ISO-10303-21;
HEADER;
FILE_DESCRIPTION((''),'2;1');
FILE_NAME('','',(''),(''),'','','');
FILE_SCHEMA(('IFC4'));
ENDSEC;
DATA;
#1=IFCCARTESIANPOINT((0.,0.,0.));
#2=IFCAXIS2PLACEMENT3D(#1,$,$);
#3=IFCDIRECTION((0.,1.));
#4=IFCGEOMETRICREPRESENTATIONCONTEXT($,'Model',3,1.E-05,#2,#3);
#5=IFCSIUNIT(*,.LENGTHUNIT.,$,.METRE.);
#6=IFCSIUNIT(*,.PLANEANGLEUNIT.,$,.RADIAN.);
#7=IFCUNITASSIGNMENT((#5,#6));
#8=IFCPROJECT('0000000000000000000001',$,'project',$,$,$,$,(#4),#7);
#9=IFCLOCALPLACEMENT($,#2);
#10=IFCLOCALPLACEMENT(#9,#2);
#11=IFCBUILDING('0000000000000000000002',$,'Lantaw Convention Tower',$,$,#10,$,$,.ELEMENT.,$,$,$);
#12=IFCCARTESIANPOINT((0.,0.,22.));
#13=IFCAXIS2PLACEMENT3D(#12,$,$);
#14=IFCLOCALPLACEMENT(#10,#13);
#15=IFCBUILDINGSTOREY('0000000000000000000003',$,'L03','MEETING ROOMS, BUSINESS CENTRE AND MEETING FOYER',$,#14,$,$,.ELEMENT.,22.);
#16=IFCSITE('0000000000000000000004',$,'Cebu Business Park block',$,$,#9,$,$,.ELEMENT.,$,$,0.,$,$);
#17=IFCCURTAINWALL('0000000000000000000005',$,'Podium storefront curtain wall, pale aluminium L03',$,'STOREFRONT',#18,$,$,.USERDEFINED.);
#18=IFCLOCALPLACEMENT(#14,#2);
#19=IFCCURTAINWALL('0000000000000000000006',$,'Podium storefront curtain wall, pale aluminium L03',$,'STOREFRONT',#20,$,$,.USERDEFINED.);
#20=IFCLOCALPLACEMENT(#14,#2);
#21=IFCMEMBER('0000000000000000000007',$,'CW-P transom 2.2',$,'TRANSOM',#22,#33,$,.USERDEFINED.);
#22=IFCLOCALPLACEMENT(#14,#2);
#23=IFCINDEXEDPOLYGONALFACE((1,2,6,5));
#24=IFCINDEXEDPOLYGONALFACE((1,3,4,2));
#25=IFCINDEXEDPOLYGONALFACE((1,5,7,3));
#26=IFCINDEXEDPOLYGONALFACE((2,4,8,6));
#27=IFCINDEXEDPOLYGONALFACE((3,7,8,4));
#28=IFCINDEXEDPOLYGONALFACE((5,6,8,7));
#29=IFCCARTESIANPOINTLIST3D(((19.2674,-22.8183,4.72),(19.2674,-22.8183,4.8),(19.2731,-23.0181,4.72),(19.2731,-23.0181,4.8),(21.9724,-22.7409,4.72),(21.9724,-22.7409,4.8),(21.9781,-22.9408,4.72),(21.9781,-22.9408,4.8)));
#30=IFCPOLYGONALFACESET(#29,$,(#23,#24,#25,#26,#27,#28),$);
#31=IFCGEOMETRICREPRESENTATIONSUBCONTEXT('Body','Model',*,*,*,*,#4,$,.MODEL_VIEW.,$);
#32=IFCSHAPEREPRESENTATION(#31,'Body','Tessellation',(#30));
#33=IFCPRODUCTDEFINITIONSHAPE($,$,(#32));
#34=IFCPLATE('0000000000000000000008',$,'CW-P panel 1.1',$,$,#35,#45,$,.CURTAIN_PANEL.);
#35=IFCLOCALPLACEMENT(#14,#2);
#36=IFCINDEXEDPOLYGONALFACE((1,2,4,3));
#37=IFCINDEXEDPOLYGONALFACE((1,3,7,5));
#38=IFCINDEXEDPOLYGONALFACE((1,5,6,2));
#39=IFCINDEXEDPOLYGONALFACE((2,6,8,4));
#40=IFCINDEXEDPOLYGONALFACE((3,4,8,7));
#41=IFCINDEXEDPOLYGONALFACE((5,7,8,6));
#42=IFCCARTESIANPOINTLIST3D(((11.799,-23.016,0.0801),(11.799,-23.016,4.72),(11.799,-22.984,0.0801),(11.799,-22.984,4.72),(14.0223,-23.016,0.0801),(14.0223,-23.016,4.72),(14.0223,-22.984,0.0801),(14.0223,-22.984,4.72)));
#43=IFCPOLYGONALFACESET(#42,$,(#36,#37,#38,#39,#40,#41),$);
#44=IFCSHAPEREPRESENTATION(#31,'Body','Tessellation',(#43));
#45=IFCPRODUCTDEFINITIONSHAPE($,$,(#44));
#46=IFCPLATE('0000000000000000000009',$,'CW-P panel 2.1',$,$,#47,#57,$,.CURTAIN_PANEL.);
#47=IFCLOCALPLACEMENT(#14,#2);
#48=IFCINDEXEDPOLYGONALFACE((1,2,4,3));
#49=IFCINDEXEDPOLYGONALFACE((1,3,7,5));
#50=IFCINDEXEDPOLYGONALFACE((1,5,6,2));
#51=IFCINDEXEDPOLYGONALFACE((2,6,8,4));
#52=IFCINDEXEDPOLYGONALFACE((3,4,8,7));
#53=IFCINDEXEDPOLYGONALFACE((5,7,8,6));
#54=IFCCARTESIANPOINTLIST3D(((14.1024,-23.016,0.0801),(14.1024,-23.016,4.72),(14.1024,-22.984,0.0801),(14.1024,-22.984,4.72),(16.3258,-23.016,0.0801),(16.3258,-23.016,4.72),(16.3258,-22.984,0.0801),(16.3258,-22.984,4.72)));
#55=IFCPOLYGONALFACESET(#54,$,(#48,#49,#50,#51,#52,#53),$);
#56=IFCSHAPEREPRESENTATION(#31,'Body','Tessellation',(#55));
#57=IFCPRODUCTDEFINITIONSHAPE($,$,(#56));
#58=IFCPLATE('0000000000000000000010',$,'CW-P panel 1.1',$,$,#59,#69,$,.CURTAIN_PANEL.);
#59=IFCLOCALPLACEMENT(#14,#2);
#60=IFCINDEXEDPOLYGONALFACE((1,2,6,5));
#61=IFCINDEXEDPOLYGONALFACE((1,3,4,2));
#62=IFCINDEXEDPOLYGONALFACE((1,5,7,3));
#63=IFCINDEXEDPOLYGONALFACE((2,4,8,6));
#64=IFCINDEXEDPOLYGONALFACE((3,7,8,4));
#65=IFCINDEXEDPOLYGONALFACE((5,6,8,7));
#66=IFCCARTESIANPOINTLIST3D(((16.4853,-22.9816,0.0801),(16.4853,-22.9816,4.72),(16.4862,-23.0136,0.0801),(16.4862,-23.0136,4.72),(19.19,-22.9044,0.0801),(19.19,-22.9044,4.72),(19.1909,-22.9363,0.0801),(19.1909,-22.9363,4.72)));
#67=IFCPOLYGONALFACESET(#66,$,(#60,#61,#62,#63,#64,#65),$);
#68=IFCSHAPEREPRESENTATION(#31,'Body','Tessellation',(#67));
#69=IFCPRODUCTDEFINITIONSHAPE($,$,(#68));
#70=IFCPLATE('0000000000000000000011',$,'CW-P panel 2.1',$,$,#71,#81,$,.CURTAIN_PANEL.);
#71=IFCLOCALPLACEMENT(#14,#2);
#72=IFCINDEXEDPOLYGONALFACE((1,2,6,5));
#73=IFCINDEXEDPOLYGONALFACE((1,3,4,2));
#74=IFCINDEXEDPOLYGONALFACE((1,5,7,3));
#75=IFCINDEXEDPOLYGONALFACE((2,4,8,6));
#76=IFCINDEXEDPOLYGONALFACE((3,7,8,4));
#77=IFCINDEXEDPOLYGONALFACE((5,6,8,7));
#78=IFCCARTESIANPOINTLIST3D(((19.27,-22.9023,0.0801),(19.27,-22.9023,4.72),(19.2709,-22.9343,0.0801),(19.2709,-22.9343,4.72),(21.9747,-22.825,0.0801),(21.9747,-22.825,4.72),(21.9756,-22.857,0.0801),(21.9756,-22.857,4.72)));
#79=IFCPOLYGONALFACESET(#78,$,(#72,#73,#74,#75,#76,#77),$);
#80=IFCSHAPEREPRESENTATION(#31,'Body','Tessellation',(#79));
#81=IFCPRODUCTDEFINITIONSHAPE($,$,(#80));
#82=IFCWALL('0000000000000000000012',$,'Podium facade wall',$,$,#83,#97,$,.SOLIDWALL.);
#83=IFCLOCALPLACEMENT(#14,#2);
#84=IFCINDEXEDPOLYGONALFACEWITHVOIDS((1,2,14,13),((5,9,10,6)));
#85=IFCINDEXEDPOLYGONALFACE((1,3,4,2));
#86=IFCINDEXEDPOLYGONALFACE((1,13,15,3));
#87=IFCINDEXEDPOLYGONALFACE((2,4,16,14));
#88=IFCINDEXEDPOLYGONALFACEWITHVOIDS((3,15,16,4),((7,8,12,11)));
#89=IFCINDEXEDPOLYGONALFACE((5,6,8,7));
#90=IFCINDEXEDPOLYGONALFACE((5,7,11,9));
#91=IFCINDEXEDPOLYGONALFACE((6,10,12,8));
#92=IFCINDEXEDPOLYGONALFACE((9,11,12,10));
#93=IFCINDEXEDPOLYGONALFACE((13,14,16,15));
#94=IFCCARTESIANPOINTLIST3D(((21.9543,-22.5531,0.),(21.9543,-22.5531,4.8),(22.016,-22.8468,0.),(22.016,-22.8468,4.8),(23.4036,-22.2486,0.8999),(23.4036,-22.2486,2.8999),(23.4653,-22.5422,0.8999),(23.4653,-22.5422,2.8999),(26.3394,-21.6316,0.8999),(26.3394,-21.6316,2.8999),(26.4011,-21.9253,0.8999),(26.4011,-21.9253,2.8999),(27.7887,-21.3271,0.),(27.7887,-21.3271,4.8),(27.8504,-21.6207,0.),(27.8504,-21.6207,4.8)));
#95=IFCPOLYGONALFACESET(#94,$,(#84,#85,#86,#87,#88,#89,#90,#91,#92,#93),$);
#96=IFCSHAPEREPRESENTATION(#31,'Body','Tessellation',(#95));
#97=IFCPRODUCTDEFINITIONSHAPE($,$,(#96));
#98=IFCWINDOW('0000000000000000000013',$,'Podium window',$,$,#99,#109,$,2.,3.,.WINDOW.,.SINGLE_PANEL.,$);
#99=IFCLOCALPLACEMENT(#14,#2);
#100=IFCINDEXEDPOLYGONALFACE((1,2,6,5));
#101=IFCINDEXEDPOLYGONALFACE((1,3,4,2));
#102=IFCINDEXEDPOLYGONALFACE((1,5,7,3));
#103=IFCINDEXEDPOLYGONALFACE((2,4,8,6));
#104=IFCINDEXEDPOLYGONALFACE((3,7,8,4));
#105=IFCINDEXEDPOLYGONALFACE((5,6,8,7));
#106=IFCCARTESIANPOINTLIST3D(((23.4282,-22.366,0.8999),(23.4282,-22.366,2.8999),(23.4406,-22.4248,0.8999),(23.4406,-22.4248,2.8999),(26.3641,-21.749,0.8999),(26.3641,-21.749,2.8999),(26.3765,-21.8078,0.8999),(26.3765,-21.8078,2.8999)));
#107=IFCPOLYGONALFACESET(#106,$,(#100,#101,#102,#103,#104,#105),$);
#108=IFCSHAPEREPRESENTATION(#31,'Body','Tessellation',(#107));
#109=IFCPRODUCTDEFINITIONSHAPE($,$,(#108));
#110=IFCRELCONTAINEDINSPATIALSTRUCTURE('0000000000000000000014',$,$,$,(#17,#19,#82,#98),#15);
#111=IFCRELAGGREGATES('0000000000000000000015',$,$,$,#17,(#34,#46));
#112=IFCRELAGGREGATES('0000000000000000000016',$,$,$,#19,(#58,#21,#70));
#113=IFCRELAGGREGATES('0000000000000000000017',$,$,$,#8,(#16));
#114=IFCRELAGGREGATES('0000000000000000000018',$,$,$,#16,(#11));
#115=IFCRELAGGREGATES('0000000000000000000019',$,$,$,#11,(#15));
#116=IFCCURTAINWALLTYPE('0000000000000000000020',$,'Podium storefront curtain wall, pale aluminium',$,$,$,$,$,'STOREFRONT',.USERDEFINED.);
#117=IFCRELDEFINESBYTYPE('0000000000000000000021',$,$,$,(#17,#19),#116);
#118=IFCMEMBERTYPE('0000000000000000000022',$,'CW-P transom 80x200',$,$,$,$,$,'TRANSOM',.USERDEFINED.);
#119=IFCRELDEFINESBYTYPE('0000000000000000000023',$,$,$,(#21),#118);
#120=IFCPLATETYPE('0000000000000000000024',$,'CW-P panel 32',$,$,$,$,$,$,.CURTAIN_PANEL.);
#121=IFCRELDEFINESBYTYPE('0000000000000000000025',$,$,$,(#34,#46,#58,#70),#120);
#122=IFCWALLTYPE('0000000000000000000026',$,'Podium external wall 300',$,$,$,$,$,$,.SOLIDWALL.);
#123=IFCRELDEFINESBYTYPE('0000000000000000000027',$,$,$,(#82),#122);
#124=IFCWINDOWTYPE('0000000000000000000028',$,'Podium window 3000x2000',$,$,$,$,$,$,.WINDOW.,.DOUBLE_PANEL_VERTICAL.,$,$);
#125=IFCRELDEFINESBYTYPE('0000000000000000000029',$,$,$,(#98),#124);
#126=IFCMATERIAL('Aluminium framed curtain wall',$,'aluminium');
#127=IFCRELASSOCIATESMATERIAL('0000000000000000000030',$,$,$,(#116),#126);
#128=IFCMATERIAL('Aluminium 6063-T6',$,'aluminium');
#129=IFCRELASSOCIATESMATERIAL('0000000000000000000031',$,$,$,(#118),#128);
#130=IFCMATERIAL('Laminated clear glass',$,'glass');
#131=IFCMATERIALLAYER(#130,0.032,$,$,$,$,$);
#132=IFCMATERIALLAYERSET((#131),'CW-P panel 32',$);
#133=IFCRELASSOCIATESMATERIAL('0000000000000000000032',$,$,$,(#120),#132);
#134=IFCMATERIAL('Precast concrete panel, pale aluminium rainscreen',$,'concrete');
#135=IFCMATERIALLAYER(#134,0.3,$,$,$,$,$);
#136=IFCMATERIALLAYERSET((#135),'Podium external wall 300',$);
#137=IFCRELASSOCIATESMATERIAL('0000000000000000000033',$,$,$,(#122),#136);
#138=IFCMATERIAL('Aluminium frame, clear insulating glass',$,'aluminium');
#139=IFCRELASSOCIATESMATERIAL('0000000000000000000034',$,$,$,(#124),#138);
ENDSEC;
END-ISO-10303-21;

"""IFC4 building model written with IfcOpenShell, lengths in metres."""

from ifc_helpers import new_model, si_unit, direction, frame, frame_2d, origin, origin_2d, place, context, subcontext, project, spatial, rectangle, extrude, material, layer, layer_set, material_profile, profile_set, type_object, element, fill, aggregate, save


model = new_model("IFC4")

# Units and contexts
model_context = context("Model", 3, precision=1e-05, world=origin(), true_north=direction((0.0, 1.0)))
body_context = subcontext(model_context, "Body", "Model", "MODEL_VIEW")
ifc_project = project(units=[si_unit("LENGTHUNIT", "METRE"), si_unit("PLANEANGLEUNIT", "RADIAN")], contexts=[model_context])

# Site, building, storey
site_placement = place(None, origin())
site = spatial("IfcSite", under=ifc_project, at=site_placement, Name="Cebu Business Park block", CompositionType="ELEMENT", RefElevation=0.0)
building_placement = place(site_placement, origin())
building = spatial("IfcBuilding", under=site, at=building_placement, Name="Lantaw Convention Tower", CompositionType="ELEMENT")
storey_placement = place(building_placement, frame((0.0, 0.0, 22.0)))
storey = spatial("IfcBuildingStorey", under=building, at=storey_placement, Name="L03", Description="MEETING ROOMS, BUSINESS CENTRE AND MEETING FOYER", CompositionType="ELEMENT", Elevation=22.0)

# Curtain walls
ifc_material_1 = material(Name="Aluminium framed curtain wall", Category="aluminium")
curtain_wall_type = type_object("IfcCurtainWallType", Name="Podium storefront curtain wall, pale aluminium", ElementType="STOREFRONT", PredefinedType="USERDEFINED", material=ifc_material_1)
curtain_wall_1_placement = place(storey_placement, origin())
curtain_wall_1 = element("IfcCurtainWall", 1, at=curtain_wall_1_placement, inside=storey, type_object=curtain_wall_type, Name="Podium storefront curtain wall, pale aluminium L03", ObjectType="STOREFRONT", PredefinedType="USERDEFINED")
ifc_material_2 = material(Name="Aluminium 6063-T6", Category="aluminium")
curtain_wall_2_placement = place(storey_placement, origin())
curtain_wall_2 = element("IfcCurtainWall", 2, at=curtain_wall_2_placement, inside=storey, type_object=curtain_wall_type, Name="Podium storefront curtain wall, pale aluminium L03", ObjectType="STOREFRONT", PredefinedType="USERDEFINED")

# Member
ifc_material_profile_1 = material_profile(ifc_material_2, rectangle(XDim=0.2, YDim=0.0801, at=origin_2d()), Name="CW-P transom 80x200")
ifc_profile_set_1 = profile_set([ifc_material_profile_1], Name="Aluminium 6063-T6")
member_type_1 = type_object("IfcMemberType", Name="CW-P transom 80x200", ElementType="TRANSOM", PredefinedType="USERDEFINED", material=ifc_profile_set_1)
member_1_placement = place(storey_placement, frame((19.2703, -22.9182, 4.76), z_axis=(0.999591, 0.028601, 0.0), x_axis=(-0.028601, 0.999591, 0.0)))
member_1 = element("IfcMember", 3, at=member_1_placement, type_object=member_type_1, Name="CW-P transom 2.2", ObjectType="TRANSOM", PredefinedType="USERDEFINED", context=body_context, shape_type="SweptSolid", body=[
    extrude(rectangle(XDim=0.2, YDim=0.0801, at=origin_2d()), origin(), (0.0, 0.0, 1.0), 2.7061),
])

# Plates
ifc_material_3 = material(Name="Laminated clear glass", Category="glass")
ifc_layer_1 = layer(ifc_material_3, 0.032)
ifc_layer_set_1 = layer_set([ifc_layer_1], Name="CW-P panel 32")
plate_type = type_object("IfcPlateType", Name="CW-P panel 32", PredefinedType="CURTAIN_PANEL", material=ifc_layer_set_1)
plate_1_placement = place(storey_placement, frame((12.9106, -23.0, 0.0801), z_axis=(0.0, 0.0, 1.0), x_axis=(1.0, 0.0, 0.0)))
plate_1 = element("IfcPlate", 4, at=plate_1_placement, type_object=plate_type, Name="CW-P panel 1.1", PredefinedType="CURTAIN_PANEL", context=body_context, shape_type="SweptSolid", body=[
    extrude(rectangle(XDim=2.2234, YDim=0.032, at=origin_2d()), origin(), (0.0, 0.0, 1.0), 4.6399),
])
plate_2_placement = place(storey_placement, frame((15.2141, -23.0, 0.0801), z_axis=(0.0, 0.0, 1.0), x_axis=(1.0, 0.0, 0.0)))
plate_2 = element("IfcPlate", 5, at=plate_2_placement, type_object=plate_type, Name="CW-P panel 2.1", PredefinedType="CURTAIN_PANEL", context=body_context, shape_type="SweptSolid", body=[
    extrude(rectangle(XDim=2.2234, YDim=0.032, at=origin_2d()), origin(), (0.0, 0.0, 1.0), 4.6399),
])
aggregate(curtain_wall_1, [plate_1, plate_2])
plate_3_placement = place(storey_placement, frame((17.8381, -22.959, 0.0801), z_axis=(0.0, 0.0, 1.0), x_axis=(0.999592, 0.028552, 0.0)))
plate_3 = element("IfcPlate", 6, at=plate_3_placement, type_object=plate_type, Name="CW-P panel 1.1", PredefinedType="CURTAIN_PANEL", context=body_context, shape_type="SweptSolid", body=[
    extrude(rectangle(XDim=2.7058, YDim=0.032, at=origin_2d()), origin(), (0.0, 0.0, 1.0), 4.6399),
])
plate_4_placement = place(storey_placement, frame((20.6228, -22.8796, 0.0801), z_axis=(0.0, 0.0, 1.0), x_axis=(0.999592, 0.028552, 0.0)))
plate_4 = element("IfcPlate", 7, at=plate_4_placement, type_object=plate_type, Name="CW-P panel 2.1", PredefinedType="CURTAIN_PANEL", context=body_context, shape_type="SweptSolid", body=[
    extrude(rectangle(XDim=2.7058, YDim=0.032, at=origin_2d()), origin(), (0.0, 0.0, 1.0), 4.6399),
])
aggregate(curtain_wall_2, [plate_3, member_1, plate_4])

# Wall, opening, window
ifc_material_4 = material(Name="Precast concrete panel, pale aluminium rainscreen", Category="concrete")
ifc_layer_2 = layer(ifc_material_4, 0.3)
ifc_layer_set_2 = layer_set([ifc_layer_2], Name="Podium external wall 300")
wall_type = type_object("IfcWallType", Name="Podium external wall 300", PredefinedType="SOLIDWALL", material=ifc_layer_set_2)
wall_placement = place(storey_placement, frame((21.9851, -22.7, 0.0), z_axis=(0.0, 0.0, 1.0), x_axis=(0.978625, 0.205651, 0.0)))
wall = element("IfcWall", 8, at=wall_placement, inside=storey, type_object=wall_type, Name="Podium facade wall", PredefinedType="SOLIDWALL", context=body_context, shape_type="SweptSolid", body=[
    extrude(rectangle(XDim=5.9619, YDim=0.3, at=frame_2d((2.981, 0.0))), origin(), (0.0, 0.0, 1.0), 4.8),
])
opening_placement = place(wall_placement, frame((1.481, 0.0, 0.8999)))
opening = element("IfcOpeningElement", 9, at=opening_placement, cuts=wall, PredefinedType="OPENING", context=body_context, shape_type="SweptSolid", body=[
    extrude(rectangle(XDim=3.0, YDim=2.0, at=frame_2d((1.5, 1.0))), frame((0.0, 0.1599, 0.0), z_axis=(0.0, -1.0, 0.0), x_axis=(1.0, 0.0, 0.0)), (0.0, 0.0, 1.0), 0.3201),
])
ifc_material_5 = material(Name="Aluminium frame, clear insulating glass", Category="aluminium")
window_type = type_object("IfcWindowType", Name="Podium window 3000x2000", PartitioningType="DOUBLE_PANEL_VERTICAL", PredefinedType="WINDOW", material=ifc_material_5)
window_placement = place(opening_placement, origin())
window = element("IfcWindow", 10, at=window_placement, inside=storey, type_object=window_type, Name="Podium window", OverallHeight=2.0, OverallWidth=3.0, PartitioningType="SINGLE_PANEL", PredefinedType="WINDOW", context=body_context, shape_type="SweptSolid", body=[
    extrude(rectangle(XDim=3.0, YDim=2.0, at=frame_2d((1.5, 1.0))), frame((0.0, 0.03, 0.0), z_axis=(0.0, -1.0, 0.0), x_axis=(1.0, 0.0, 0.0)), (0.0, 0.0, 1.0), 0.0601),
])
fill(opening, window)

save(model, "model.ifc")
